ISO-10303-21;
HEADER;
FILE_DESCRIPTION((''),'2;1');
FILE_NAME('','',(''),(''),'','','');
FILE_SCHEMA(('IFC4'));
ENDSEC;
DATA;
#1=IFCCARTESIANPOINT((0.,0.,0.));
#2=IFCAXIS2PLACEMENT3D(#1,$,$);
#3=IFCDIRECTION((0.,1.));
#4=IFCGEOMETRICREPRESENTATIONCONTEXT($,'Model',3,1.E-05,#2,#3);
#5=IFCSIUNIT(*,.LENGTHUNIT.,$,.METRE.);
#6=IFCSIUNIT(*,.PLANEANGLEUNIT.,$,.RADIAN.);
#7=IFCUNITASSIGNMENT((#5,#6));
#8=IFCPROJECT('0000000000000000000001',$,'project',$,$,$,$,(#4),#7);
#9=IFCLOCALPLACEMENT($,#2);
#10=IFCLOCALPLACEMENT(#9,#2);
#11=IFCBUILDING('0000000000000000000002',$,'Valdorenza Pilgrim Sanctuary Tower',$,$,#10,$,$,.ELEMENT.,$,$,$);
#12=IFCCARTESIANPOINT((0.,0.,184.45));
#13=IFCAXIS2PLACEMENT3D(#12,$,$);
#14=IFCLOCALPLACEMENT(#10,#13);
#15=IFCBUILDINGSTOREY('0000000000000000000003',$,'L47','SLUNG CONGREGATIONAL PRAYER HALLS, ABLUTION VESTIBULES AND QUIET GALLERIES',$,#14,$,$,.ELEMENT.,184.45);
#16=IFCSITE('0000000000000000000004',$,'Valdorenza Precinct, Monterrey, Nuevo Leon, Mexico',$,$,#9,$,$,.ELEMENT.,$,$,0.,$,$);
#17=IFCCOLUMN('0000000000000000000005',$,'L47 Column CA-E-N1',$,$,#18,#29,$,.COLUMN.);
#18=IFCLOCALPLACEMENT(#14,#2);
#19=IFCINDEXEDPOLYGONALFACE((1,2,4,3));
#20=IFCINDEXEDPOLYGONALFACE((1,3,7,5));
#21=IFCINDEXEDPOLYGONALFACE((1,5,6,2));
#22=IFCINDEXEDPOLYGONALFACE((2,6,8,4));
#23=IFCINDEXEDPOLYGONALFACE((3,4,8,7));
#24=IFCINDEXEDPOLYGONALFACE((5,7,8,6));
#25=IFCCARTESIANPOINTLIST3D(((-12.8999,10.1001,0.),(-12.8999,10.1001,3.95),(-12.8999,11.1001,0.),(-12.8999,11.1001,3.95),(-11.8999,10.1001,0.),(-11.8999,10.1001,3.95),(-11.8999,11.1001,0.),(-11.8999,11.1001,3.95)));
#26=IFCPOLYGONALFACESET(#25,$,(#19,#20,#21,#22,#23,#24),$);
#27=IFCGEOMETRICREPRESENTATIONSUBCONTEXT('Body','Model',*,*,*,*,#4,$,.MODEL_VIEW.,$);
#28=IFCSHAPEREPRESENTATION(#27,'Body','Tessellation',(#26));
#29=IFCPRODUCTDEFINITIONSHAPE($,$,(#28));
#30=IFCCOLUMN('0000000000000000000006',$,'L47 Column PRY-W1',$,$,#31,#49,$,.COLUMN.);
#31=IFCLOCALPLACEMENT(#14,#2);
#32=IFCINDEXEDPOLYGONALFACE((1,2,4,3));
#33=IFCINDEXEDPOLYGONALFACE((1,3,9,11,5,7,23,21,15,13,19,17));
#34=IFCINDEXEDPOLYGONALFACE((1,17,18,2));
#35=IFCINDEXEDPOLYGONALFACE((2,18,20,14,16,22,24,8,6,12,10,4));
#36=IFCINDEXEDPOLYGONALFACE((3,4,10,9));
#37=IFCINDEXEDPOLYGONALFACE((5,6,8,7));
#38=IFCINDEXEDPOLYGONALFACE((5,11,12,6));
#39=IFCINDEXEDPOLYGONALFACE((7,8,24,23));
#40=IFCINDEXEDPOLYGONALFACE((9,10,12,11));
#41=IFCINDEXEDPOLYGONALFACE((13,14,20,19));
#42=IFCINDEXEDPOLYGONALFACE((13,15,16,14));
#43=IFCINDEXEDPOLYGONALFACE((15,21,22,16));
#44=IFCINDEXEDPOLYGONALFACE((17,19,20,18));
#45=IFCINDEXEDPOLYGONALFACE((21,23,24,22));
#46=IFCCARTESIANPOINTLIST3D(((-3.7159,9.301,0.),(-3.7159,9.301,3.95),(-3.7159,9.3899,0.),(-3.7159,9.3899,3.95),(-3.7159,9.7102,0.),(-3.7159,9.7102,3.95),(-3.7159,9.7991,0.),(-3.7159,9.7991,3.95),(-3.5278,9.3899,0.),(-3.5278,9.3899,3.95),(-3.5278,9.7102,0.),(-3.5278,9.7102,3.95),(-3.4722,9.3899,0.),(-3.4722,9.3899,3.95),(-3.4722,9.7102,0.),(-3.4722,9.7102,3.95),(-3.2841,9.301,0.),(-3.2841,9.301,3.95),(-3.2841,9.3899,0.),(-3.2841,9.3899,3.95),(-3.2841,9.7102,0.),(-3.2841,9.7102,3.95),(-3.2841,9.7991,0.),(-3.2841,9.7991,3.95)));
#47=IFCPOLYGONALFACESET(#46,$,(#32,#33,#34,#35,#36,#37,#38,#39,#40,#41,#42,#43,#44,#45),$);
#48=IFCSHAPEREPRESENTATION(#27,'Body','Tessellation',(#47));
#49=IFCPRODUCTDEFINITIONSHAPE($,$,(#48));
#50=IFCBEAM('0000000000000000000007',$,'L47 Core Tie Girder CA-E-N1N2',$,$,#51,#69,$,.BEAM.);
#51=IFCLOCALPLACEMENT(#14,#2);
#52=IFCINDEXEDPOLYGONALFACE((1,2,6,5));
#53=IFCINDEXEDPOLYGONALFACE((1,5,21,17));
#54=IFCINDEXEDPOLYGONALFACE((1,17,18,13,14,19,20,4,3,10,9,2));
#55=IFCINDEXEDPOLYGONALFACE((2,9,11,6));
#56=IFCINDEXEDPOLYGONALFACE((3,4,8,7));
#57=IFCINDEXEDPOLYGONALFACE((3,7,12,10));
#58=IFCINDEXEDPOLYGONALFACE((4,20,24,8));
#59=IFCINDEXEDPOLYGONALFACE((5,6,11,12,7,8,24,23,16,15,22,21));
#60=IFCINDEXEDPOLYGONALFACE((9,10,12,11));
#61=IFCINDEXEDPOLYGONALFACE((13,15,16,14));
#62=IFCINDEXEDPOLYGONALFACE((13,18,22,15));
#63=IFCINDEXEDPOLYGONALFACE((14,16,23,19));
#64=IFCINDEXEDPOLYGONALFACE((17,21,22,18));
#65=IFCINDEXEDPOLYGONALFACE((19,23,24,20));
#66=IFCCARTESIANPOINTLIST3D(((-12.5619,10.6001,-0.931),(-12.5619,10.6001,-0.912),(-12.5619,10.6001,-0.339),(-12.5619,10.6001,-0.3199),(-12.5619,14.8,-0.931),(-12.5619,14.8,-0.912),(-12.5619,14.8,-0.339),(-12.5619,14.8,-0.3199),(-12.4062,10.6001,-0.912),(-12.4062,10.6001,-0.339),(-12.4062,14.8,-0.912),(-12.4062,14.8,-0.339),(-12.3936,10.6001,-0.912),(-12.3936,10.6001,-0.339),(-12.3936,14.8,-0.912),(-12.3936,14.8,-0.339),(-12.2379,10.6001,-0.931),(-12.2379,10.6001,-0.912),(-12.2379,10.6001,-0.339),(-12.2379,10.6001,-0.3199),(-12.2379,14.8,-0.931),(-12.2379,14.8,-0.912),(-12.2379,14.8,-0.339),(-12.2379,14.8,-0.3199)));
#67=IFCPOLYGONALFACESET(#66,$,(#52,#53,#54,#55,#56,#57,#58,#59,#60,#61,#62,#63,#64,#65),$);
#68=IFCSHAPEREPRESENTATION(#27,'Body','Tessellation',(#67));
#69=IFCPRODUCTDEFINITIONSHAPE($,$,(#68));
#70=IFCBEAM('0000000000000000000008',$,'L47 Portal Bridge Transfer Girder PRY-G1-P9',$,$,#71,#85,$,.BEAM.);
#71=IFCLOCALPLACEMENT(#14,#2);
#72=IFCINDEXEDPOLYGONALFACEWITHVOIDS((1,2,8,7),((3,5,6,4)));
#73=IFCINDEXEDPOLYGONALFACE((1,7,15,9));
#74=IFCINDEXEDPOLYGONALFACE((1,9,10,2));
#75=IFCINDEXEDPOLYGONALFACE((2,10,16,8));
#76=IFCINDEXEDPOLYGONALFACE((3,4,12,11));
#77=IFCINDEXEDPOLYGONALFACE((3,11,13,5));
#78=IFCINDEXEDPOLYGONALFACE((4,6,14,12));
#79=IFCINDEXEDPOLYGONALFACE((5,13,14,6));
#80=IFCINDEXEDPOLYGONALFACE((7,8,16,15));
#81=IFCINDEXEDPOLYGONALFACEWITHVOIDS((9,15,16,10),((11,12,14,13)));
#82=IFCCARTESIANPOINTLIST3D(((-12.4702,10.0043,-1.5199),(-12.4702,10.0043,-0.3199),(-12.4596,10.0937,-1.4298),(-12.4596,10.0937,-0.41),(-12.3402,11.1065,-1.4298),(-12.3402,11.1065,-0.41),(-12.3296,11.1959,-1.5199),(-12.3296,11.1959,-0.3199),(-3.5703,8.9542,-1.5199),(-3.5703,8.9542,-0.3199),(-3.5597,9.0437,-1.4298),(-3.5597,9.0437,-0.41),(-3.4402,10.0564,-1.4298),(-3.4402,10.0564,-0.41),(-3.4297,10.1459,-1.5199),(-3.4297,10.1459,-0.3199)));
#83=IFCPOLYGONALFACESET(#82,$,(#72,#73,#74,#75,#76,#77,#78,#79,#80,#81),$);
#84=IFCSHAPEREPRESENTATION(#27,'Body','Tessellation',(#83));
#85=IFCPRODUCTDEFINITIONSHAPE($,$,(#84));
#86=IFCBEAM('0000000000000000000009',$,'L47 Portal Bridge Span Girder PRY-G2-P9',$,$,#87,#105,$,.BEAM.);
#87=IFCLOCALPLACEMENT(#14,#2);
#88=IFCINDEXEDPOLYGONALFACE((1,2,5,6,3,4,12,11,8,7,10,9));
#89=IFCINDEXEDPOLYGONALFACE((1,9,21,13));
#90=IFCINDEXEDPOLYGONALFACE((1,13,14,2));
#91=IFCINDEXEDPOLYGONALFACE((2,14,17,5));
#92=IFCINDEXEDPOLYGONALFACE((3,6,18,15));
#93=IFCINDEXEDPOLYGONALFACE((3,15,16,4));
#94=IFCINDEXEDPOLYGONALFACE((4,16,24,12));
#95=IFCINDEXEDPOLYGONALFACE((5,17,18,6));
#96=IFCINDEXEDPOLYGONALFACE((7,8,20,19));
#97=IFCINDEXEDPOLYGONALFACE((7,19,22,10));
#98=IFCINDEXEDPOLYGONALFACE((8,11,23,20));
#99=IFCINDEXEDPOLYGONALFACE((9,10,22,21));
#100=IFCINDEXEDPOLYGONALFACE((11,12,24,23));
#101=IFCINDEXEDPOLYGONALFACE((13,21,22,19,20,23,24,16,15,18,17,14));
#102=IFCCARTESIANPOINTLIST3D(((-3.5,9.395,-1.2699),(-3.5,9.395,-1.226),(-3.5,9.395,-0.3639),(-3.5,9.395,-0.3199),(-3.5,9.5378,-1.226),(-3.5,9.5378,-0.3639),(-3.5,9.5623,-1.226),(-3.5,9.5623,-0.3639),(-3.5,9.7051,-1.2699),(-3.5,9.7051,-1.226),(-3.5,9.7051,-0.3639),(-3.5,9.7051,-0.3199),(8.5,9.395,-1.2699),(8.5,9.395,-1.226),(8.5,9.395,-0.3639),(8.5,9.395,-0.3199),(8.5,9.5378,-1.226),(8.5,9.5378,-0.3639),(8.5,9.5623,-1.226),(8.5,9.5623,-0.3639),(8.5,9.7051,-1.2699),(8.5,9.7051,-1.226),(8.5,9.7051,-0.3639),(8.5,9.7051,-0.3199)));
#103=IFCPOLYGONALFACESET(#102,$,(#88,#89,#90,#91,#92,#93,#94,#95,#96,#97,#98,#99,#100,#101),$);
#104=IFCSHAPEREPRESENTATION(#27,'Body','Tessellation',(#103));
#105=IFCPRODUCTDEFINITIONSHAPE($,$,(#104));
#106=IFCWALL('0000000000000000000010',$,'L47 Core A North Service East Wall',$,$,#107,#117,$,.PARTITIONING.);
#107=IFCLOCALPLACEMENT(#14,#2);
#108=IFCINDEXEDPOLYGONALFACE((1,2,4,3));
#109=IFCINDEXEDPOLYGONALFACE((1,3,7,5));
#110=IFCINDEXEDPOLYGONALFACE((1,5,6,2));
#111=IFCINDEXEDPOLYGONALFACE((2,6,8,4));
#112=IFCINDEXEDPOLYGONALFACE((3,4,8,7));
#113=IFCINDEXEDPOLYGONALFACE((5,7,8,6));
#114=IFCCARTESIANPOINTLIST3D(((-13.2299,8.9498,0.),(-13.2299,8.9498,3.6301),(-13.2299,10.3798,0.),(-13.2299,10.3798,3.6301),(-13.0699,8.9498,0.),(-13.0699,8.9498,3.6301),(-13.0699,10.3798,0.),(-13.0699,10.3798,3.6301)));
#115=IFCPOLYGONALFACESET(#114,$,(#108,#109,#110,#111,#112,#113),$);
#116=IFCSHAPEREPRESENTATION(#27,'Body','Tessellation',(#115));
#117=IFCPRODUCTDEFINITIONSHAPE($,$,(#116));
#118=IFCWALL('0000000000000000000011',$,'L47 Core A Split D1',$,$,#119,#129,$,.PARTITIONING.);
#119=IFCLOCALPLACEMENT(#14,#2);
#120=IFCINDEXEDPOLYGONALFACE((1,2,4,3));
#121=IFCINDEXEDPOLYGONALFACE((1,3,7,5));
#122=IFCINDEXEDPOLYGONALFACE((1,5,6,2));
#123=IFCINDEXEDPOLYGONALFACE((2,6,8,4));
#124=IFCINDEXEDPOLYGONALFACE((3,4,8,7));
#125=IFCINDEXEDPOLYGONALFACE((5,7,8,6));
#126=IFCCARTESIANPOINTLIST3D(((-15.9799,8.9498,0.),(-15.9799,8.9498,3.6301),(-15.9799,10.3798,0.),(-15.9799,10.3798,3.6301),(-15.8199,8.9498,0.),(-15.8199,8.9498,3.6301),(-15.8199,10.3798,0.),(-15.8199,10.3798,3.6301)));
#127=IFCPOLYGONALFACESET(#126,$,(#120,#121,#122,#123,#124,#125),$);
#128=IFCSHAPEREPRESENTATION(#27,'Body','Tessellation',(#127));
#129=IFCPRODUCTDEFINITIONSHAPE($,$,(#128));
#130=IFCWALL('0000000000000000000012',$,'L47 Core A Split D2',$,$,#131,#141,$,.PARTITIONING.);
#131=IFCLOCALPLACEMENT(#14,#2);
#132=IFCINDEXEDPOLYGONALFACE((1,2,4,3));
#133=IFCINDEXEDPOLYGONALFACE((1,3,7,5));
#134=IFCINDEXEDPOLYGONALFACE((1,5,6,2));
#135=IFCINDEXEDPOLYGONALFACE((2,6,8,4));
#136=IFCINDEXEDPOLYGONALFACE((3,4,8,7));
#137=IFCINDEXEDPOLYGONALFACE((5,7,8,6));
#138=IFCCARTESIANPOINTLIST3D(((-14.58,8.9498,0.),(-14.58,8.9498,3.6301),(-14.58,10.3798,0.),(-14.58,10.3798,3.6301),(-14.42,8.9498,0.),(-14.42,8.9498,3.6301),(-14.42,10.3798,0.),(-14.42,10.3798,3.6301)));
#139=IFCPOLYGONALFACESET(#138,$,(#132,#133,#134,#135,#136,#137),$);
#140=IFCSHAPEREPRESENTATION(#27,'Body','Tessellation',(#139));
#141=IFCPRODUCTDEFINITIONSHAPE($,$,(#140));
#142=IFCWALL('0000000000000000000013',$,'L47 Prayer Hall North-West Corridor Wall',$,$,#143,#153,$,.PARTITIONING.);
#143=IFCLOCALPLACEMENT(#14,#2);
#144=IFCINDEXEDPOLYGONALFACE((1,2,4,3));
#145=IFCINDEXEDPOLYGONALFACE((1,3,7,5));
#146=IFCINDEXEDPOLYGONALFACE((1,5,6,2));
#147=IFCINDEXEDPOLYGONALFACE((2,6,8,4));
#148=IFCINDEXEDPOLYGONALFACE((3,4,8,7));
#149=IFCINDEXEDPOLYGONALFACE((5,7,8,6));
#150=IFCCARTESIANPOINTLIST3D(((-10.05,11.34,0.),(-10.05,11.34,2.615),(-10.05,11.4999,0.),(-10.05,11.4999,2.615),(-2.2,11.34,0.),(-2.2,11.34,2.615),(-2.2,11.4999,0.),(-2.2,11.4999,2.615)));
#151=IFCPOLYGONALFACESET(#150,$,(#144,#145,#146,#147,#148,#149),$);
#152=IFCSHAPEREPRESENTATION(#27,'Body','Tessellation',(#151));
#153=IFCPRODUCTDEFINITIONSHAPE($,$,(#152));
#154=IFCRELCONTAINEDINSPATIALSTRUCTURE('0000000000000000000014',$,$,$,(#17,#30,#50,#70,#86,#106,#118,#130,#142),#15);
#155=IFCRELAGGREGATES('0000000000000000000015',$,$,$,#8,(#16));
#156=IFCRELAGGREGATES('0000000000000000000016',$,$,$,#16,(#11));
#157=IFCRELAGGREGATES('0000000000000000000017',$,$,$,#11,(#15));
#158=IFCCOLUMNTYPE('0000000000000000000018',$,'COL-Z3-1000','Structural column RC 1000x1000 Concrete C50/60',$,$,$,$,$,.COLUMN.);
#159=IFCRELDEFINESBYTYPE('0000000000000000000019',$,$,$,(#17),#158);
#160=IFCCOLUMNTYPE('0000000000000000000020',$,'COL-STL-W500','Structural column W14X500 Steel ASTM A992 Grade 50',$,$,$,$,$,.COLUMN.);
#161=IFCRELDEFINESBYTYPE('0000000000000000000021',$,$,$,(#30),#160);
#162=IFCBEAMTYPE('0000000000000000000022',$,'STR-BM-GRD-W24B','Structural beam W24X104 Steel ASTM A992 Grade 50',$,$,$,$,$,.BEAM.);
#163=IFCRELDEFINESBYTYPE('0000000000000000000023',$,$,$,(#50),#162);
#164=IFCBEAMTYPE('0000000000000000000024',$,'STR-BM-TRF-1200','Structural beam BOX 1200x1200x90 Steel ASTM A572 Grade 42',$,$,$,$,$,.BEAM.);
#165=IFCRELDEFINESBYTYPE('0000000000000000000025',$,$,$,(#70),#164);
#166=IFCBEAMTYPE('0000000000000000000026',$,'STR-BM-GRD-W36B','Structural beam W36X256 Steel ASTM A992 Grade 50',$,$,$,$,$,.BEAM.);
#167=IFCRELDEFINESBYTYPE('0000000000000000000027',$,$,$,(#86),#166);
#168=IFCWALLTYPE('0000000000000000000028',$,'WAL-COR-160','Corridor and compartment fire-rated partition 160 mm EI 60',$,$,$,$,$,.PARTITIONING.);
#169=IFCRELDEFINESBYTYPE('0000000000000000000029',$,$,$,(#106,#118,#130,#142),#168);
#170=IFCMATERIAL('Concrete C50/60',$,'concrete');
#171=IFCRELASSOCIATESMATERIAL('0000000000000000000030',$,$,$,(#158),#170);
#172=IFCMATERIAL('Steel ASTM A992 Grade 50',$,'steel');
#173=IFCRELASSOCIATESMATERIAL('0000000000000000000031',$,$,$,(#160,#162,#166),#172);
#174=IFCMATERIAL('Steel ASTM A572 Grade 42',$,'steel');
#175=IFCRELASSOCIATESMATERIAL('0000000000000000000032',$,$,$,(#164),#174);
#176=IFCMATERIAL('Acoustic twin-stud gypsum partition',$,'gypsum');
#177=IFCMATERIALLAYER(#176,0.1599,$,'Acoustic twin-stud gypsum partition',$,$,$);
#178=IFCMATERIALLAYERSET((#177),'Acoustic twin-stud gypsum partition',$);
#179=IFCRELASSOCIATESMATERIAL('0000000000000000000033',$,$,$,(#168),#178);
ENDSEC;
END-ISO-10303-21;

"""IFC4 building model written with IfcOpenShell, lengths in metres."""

from ifc_helpers import new_model, si_unit, direction, frame, frame_2d, origin, origin_2d, place, context, subcontext, project, spatial, rectangle, hollow_rectangle, i_section, extrude, source, transform, mapped, material, layer, layer_set, material_profile, profile_set, type_object, element, save


model = new_model("IFC4")

# Units and contexts
model_context = context("Model", 3, precision=1e-05, world=origin(), true_north=direction((0.0, 1.0)))
body_context = subcontext(model_context, "Body", "Model", "MODEL_VIEW")
ifc_project = project(units=[si_unit("LENGTHUNIT", "METRE"), si_unit("PLANEANGLEUNIT", "RADIAN")], contexts=[model_context])

# Site, building, storey
site_placement = place(None, origin())
site = spatial("IfcSite", under=ifc_project, at=site_placement, Name="Valdorenza Precinct, Monterrey, Nuevo Leon, Mexico", CompositionType="ELEMENT", RefElevation=0.0)
building_placement = place(site_placement, origin())
building = spatial("IfcBuilding", under=site, at=building_placement, Name="Valdorenza Pilgrim Sanctuary Tower", CompositionType="ELEMENT")
storey_placement = place(building_placement, frame((0.0, 0.0, 184.45)))
storey = spatial("IfcBuildingStorey", under=building, at=storey_placement, Name="L47", Description="SLUNG CONGREGATIONAL PRAYER HALLS, ABLUTION VESTIBULES AND QUIET GALLERIES", CompositionType="ELEMENT", Elevation=184.45)

# Columns
ifc_material_1 = material(Name="Concrete C50/60", Category="concrete")
ifc_material_profile_1 = material_profile(ifc_material_1, rectangle(XDim=1.0, YDim=1.0, at=origin_2d()), Name="RC 1000x1000")
ifc_profile_set_1 = profile_set([ifc_material_profile_1], Name="Concrete C50/60")
column_type_1 = type_object("IfcColumnType", Name="COL-Z3-1000", Description="Structural column RC 1000x1000 Concrete C50/60", PredefinedType="COLUMN", material=ifc_profile_set_1)
shared_shape_1 = source(origin(), body_context, "Body", "SweptSolid", [
    extrude(rectangle(XDim=1.0, YDim=1.0, at=origin_2d()), origin(), (0.0, 0.0, 1.0), 3.95),
])
column_1_placement = place(storey_placement, frame((-12.3999, 10.6001, 0.0), z_axis=(0.0, 0.0, 1.0), x_axis=(1.0, 0.0, 0.0)))
element("IfcColumn", 1, at=column_1_placement, inside=storey, type_object=column_type_1, Name="L47 Column CA-E-N1", PredefinedType="COLUMN", context=body_context, shape_type="MappedRepresentation", body=[
    mapped(shared_shape_1, transform((0.0, 0.0, 0.0), x_axis=(1.0, 0.0, 0.0), y_axis=(0.0, 1.0, 0.0), z_axis=(0.0, 0.0, 1.0), scale=1.0)),
])
ifc_material_2 = material(Name="Steel ASTM A992 Grade 50", Category="steel")
ifc_material_profile_2 = material_profile(ifc_material_2, i_section(OverallWidth=0.4319, OverallDepth=0.498, WebThickness=0.0557, FlangeThickness=0.0889, at=origin_2d()), Name="W14X500")
ifc_profile_set_2 = profile_set([ifc_material_profile_2], Name="Steel ASTM A992 Grade 50")
column_type_2 = type_object("IfcColumnType", Name="COL-STL-W500", Description="Structural column W14X500 Steel ASTM A992 Grade 50", PredefinedType="COLUMN", material=ifc_profile_set_2)
shared_shape_2 = source(origin(), body_context, "Body", "SweptSolid", [
    extrude(i_section(OverallWidth=0.4319, OverallDepth=0.498, WebThickness=0.0557, FlangeThickness=0.0889, at=origin_2d()), origin(), (0.0, 0.0, 1.0), 3.95),
])
column_2_placement = place(storey_placement, frame((-3.5, 9.55, 0.0), z_axis=(0.0, 0.0, 1.0), x_axis=(1.0, 0.0, 0.0)))
element("IfcColumn", 2, at=column_2_placement, inside=storey, type_object=column_type_2, Name="L47 Column PRY-W1", PredefinedType="COLUMN", context=body_context, shape_type="MappedRepresentation", body=[
    mapped(shared_shape_2, transform((0.0, 0.0, 0.0), x_axis=(1.0, 0.0, 0.0), y_axis=(0.0, 1.0, 0.0), z_axis=(0.0, 0.0, 1.0), scale=1.0)),
])

# Beams
ifc_material_profile_3 = material_profile(ifc_material_2, i_section(OverallWidth=0.324, OverallDepth=0.6111, WebThickness=0.0127, FlangeThickness=0.019, at=origin_2d()), Name="W24X104")
ifc_profile_set_3 = profile_set([ifc_material_profile_3], Name="Steel ASTM A992 Grade 50")
beam_type_1 = type_object("IfcBeamType", Name="STR-BM-GRD-W24B", Description="Structural beam W24X104 Steel ASTM A992 Grade 50", PredefinedType="BEAM", material=ifc_profile_set_3)
shared_shape_3 = source(origin(), body_context, "Body", "SweptSolid", [
    extrude(i_section(OverallWidth=0.324, OverallDepth=0.6111, WebThickness=0.0127, FlangeThickness=0.019, at=origin_2d()), origin(), (0.0, 0.0, 1.0), 4.2),
])
beam_1_placement = place(storey_placement, frame((-12.3999, 10.6001, -0.6255), z_axis=(0.0, 1.0, 0.0), x_axis=(-1.0, 0.0, 0.0)))
element("IfcBeam", 3, at=beam_1_placement, inside=storey, type_object=beam_type_1, Name="L47 Core Tie Girder CA-E-N1N2", PredefinedType="BEAM", context=body_context, shape_type="MappedRepresentation", body=[
    mapped(shared_shape_3, transform((0.0, 0.0, 0.0), x_axis=(1.0, 0.0, 0.0), y_axis=(0.0, 1.0, 0.0), z_axis=(0.0, 0.0, 1.0), scale=1.0)),
])
ifc_material_3 = material(Name="Steel ASTM A572 Grade 42", Category="steel")
ifc_material_profile_4 = material_profile(ifc_material_3, hollow_rectangle(XDim=1.2, YDim=1.2, WallThickness=0.0901, at=origin_2d()), Name="BOX 1200x1200x90")
ifc_profile_set_4 = profile_set([ifc_material_profile_4], Name="Steel ASTM A572 Grade 42")
beam_type_2 = type_object("IfcBeamType", Name="STR-BM-TRF-1200", Description="Structural beam BOX 1200x1200x90 Steel ASTM A572 Grade 42", PredefinedType="BEAM", material=ifc_profile_set_4)
shared_shape_4 = source(origin(), body_context, "Body", "SweptSolid", [
    extrude(hollow_rectangle(XDim=1.2, YDim=1.2, WallThickness=0.0901, at=origin_2d()), origin(), (0.0, 0.0, 1.0), 8.9617),
])
beam_2_placement = place(storey_placement, frame((-12.3999, 10.6001, -0.9199), z_axis=(0.993112, -0.117172, 0.0), x_axis=(0.117172, 0.993112, 0.0)))
element("IfcBeam", 4, at=beam_2_placement, inside=storey, type_object=beam_type_2, Name="L47 Portal Bridge Transfer Girder PRY-G1-P9", PredefinedType="BEAM", context=body_context, shape_type="MappedRepresentation", body=[
    mapped(shared_shape_4, transform((0.0, 0.0, 0.0), x_axis=(1.0, 0.0, 0.0), y_axis=(0.0, 1.0, 0.0), z_axis=(0.0, 0.0, 1.0), scale=1.0)),
])
ifc_material_profile_5 = material_profile(ifc_material_2, i_section(OverallWidth=0.3101, OverallDepth=0.95, WebThickness=0.0244, FlangeThickness=0.0439, at=origin_2d()), Name="W36X256")
ifc_profile_set_5 = profile_set([ifc_material_profile_5], Name="Steel ASTM A992 Grade 50")
beam_type_3 = type_object("IfcBeamType", Name="STR-BM-GRD-W36B", Description="Structural beam W36X256 Steel ASTM A992 Grade 50", PredefinedType="BEAM", material=ifc_profile_set_5)
shared_shape_5 = source(origin(), body_context, "Body", "SweptSolid", [
    extrude(i_section(OverallWidth=0.3101, OverallDepth=0.95, WebThickness=0.0244, FlangeThickness=0.0439, at=origin_2d()), origin(), (0.0, 0.0, 1.0), 12.0),
])
beam_3_placement = place(storey_placement, frame((-3.5, 9.55, -0.7949), z_axis=(1.0, 0.0, 0.0), x_axis=(0.0, 1.0, 0.0)))
element("IfcBeam", 5, at=beam_3_placement, inside=storey, type_object=beam_type_3, Name="L47 Portal Bridge Span Girder PRY-G2-P9", PredefinedType="BEAM", context=body_context, shape_type="MappedRepresentation", body=[
    mapped(shared_shape_5, transform((0.0, 0.0, 0.0), x_axis=(1.0, 0.0, 0.0), y_axis=(0.0, 1.0, 0.0), z_axis=(0.0, 0.0, 1.0), scale=1.0)),
])

# Walls
ifc_material_4 = material(Name="Acoustic twin-stud gypsum partition", Category="gypsum")
ifc_layer_1 = layer(ifc_material_4, 0.1599, Name="Acoustic twin-stud gypsum partition")
ifc_layer_set_1 = layer_set([ifc_layer_1], Name="Acoustic twin-stud gypsum partition")
wall_type_1 = type_object("IfcWallType", Name="WAL-COR-160", Description="Corridor and compartment fire-rated partition 160 mm EI 60", PredefinedType="PARTITIONING", material=ifc_layer_set_1)
for number, where, z_axis, x_axis, name in (
    (6, (-13.1499, 8.95, 0.0), (0.0, 0.0, 1.0), (0.0, 1.0, 0.0), "L47 Core A North Service East Wall"),
    (7, (-15.8999, 8.95, 0.0), (0.0, 0.0, 1.0), (0.0, 1.0, 0.0), "L47 Core A Split D1"),
    (8, (-14.5, 8.95, 0.0), (0.0, 0.0, 1.0), (0.0, 1.0, 0.0), "L47 Core A Split D2"),
):
    element("IfcWall", number, at=place(storey_placement, frame(where, z_axis=z_axis, x_axis=x_axis)), inside=storey, type_object=wall_type_1, Name=name, PredefinedType="PARTITIONING", context=body_context, shape_type="SweptSolid", body=[
        extrude(rectangle(XDim=1.4299, YDim=0.1599, at=frame_2d((0.7148, 0.0))), origin(), (0.0, 0.0, 1.0), 3.6301),
    ])
wall_1_placement = place(storey_placement, frame((-10.05, 11.4199, 0.0), z_axis=(0.0, 0.0, 1.0), x_axis=(1.0, 0.0, 0.0)))
element("IfcWall", 9, at=wall_1_placement, inside=storey, type_object=wall_type_1, Name="L47 Prayer Hall North-West Corridor Wall", PredefinedType="PARTITIONING", context=body_context, shape_type="SweptSolid", body=[
    extrude(rectangle(XDim=7.8501, YDim=0.1599, at=frame_2d((3.925, 0.0))), origin(), (0.0, 0.0, 1.0), 2.615),
])

save(model, "model.ifc")
